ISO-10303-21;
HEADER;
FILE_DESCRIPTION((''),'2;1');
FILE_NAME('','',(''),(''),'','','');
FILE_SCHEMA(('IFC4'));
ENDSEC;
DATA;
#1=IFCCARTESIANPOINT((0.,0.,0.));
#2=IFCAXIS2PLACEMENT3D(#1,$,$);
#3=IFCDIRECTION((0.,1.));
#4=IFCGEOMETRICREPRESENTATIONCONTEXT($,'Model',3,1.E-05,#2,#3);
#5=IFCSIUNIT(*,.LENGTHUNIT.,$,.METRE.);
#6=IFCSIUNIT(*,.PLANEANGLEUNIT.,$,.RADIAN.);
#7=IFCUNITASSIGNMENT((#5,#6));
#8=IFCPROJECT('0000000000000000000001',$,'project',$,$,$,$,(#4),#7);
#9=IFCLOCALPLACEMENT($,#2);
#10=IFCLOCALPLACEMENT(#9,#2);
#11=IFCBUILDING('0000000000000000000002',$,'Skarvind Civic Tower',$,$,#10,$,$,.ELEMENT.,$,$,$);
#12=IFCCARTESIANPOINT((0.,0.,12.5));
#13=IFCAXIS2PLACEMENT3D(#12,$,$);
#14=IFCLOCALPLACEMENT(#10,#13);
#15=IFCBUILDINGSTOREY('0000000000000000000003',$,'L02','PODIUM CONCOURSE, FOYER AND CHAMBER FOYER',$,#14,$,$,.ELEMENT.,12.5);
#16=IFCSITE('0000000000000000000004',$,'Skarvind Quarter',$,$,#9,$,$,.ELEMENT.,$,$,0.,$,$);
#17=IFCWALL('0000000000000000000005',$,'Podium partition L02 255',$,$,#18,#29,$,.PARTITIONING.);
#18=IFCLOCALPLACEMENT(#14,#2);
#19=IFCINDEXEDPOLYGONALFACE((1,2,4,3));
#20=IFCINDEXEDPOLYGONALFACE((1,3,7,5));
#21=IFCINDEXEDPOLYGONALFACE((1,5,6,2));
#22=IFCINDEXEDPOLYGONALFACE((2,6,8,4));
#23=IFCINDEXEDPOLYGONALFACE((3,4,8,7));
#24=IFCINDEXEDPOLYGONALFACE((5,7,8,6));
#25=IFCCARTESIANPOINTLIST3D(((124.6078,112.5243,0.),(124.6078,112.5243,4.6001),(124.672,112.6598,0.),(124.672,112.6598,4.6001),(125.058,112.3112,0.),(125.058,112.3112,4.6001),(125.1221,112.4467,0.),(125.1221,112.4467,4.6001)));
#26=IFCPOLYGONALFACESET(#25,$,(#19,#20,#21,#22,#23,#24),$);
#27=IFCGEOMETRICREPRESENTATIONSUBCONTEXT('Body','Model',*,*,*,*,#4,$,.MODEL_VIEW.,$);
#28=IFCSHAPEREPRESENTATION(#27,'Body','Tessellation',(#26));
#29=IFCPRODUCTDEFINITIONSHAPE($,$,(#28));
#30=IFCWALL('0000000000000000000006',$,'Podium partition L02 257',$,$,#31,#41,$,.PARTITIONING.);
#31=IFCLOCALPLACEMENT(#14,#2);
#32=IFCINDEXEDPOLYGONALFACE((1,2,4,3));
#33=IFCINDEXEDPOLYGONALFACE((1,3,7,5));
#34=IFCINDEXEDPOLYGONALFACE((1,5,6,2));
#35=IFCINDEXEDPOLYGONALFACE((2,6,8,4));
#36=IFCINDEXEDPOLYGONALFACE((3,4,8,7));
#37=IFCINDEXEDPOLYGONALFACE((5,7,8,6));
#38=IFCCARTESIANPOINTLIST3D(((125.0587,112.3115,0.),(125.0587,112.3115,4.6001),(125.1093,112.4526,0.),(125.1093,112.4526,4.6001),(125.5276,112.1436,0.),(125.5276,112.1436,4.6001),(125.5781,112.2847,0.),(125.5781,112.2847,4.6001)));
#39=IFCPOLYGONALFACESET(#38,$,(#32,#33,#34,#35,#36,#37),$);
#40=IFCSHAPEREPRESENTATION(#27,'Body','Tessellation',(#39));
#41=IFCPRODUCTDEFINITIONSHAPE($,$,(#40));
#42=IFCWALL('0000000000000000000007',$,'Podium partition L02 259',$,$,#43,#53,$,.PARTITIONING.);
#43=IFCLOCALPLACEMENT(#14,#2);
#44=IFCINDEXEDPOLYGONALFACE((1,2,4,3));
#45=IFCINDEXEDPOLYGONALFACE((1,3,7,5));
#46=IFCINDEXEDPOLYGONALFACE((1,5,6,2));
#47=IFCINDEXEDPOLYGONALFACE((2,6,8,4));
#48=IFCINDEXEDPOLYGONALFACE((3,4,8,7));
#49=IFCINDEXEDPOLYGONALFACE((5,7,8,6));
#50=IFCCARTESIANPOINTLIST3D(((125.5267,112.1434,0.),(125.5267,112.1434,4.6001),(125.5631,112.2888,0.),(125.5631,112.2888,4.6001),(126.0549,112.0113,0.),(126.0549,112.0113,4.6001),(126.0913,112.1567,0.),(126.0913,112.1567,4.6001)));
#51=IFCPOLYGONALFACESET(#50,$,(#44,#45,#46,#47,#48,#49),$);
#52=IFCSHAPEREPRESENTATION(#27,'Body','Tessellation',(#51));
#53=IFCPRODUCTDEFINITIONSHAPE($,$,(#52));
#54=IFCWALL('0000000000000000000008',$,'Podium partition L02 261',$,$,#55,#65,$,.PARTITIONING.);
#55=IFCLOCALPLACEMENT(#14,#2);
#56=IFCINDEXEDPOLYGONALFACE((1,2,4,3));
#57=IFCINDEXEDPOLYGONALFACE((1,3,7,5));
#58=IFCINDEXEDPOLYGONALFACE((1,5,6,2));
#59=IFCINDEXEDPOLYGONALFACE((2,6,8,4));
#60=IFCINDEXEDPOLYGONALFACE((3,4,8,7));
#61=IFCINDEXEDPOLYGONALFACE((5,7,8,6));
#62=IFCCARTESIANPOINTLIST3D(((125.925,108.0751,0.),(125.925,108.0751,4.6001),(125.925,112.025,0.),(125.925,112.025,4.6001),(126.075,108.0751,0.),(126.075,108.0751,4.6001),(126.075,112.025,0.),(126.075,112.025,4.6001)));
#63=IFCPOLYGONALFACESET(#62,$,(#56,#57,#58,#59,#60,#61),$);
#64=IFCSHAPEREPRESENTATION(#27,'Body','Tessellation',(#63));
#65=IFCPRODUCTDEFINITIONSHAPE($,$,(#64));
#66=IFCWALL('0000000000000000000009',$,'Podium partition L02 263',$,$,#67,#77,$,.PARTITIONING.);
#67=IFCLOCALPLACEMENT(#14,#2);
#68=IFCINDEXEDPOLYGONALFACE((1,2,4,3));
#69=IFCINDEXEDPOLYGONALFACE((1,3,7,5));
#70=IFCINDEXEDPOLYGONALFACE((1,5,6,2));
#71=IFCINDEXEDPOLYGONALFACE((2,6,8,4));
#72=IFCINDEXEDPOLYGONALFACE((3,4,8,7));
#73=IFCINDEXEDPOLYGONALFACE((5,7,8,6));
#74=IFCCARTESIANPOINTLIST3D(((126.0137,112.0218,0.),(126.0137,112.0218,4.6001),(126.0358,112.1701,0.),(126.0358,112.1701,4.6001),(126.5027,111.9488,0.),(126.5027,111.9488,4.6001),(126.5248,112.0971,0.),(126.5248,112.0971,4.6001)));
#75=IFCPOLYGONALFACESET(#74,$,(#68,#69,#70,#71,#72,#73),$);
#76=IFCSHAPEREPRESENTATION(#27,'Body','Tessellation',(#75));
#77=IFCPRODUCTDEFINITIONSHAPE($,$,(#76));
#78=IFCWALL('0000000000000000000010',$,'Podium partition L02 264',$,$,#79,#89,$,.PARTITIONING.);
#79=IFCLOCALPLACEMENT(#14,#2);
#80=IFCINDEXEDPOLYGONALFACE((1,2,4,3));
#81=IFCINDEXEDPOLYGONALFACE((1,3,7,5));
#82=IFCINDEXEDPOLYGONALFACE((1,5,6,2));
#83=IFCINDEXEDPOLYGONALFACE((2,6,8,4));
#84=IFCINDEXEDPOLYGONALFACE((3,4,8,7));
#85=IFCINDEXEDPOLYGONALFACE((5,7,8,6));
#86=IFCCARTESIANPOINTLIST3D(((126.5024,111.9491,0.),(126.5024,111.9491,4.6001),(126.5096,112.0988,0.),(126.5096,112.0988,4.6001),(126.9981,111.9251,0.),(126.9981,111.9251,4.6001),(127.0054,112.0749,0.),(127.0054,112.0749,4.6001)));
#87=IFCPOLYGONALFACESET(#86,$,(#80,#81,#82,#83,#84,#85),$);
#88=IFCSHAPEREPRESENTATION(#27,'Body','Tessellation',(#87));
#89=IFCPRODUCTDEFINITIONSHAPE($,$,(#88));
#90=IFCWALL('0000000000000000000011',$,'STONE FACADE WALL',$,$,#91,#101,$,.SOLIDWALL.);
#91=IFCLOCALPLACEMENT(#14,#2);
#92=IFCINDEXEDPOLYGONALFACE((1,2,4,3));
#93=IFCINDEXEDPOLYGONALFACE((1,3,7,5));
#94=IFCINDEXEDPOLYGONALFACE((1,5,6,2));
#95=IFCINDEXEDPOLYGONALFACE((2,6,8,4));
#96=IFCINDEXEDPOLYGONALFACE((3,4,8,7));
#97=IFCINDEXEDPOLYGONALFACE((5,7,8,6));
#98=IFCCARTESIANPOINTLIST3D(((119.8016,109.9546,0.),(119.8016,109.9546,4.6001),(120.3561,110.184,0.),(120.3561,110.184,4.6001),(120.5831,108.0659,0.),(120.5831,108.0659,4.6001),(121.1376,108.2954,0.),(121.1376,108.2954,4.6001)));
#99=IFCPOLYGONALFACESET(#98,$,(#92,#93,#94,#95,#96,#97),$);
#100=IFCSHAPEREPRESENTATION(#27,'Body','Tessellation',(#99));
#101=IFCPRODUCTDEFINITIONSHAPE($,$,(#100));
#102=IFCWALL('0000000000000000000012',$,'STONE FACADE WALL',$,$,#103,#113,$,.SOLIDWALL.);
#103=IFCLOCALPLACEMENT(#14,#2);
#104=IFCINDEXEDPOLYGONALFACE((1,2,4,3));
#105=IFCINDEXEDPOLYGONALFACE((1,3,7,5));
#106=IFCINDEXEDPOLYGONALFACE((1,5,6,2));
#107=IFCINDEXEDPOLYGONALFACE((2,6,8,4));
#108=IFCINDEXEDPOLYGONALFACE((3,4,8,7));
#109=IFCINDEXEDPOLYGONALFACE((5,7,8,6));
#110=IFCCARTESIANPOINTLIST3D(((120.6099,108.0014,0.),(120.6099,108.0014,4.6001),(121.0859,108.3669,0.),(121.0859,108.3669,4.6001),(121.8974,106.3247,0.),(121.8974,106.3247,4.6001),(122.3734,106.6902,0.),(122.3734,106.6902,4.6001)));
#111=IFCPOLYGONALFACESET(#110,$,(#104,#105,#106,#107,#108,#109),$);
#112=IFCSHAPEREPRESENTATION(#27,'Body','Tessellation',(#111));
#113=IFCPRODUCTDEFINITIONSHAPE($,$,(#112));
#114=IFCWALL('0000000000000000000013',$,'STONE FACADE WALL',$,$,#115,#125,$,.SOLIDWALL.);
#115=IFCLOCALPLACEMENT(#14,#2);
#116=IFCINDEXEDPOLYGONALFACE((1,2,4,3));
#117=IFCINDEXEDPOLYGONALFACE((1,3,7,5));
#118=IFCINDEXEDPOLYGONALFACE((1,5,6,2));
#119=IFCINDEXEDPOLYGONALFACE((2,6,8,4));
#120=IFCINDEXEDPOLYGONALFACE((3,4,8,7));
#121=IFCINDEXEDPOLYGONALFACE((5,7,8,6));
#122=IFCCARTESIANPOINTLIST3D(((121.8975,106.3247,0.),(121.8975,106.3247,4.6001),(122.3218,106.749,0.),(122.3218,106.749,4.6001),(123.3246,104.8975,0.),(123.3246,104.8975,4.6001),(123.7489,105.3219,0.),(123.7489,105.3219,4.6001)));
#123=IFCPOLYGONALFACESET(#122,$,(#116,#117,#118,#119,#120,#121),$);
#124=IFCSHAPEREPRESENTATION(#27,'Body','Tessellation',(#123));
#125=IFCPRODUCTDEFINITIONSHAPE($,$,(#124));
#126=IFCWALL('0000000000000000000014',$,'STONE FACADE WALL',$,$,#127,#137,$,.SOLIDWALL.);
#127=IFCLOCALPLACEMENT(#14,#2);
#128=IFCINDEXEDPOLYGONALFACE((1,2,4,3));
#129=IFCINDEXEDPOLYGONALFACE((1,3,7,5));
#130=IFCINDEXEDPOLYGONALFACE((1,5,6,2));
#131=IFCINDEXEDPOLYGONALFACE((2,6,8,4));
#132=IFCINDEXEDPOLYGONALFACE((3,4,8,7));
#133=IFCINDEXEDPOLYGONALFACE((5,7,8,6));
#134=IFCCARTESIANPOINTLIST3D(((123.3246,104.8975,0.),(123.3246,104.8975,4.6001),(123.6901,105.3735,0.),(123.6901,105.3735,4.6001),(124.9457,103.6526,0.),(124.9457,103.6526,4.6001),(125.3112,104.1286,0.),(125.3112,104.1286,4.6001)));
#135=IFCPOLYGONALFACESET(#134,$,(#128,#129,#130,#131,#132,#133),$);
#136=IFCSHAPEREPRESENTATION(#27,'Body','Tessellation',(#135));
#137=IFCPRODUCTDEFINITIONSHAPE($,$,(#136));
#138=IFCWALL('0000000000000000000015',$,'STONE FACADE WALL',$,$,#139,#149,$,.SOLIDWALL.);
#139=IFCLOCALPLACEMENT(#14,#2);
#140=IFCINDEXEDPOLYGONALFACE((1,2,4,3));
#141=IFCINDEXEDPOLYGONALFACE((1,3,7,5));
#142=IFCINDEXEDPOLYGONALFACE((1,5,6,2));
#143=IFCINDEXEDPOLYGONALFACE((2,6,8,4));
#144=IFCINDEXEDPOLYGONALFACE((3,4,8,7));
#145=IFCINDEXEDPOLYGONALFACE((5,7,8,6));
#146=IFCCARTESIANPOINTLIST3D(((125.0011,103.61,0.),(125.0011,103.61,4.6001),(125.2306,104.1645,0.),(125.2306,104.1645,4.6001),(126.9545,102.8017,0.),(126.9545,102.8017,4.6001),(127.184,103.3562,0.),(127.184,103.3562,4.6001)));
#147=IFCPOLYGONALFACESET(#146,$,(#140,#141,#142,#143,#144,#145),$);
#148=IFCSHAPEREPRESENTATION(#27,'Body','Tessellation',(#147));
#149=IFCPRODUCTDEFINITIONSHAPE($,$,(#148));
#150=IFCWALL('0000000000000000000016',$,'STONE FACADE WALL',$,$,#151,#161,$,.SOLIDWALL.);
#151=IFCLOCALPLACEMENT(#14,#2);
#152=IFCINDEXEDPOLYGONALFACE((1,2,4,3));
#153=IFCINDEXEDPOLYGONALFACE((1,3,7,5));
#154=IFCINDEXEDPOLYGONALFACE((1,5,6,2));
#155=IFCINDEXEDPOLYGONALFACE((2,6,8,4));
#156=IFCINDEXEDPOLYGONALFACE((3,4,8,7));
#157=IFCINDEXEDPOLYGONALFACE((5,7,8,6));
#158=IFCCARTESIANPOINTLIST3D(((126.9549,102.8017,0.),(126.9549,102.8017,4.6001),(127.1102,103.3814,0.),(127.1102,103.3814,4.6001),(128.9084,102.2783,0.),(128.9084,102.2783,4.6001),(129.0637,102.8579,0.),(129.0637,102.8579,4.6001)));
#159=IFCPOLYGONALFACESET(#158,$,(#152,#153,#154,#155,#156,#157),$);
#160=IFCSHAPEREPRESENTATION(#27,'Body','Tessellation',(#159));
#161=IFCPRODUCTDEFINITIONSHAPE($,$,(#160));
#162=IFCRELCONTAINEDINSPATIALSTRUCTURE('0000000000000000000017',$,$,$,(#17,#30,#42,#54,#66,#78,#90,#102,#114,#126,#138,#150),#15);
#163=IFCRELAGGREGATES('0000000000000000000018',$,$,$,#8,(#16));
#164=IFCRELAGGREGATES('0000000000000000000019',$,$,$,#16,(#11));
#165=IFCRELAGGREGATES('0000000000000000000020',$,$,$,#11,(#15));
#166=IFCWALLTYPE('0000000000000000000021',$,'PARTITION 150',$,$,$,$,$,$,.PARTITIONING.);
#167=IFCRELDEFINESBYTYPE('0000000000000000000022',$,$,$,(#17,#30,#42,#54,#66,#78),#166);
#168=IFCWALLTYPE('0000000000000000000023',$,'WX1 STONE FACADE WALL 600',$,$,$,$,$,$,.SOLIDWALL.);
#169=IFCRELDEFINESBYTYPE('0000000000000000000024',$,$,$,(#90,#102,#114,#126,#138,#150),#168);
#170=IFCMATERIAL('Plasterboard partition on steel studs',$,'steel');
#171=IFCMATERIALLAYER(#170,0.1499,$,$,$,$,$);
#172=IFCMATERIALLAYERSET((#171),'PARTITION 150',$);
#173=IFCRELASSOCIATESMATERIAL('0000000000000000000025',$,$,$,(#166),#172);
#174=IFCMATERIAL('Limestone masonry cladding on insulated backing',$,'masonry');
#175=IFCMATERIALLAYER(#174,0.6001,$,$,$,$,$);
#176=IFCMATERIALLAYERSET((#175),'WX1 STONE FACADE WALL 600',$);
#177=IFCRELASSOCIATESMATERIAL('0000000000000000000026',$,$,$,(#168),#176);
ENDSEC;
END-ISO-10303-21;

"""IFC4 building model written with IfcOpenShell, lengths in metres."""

from ifc_helpers import new_model, si_unit, direction, frame, frame_2d, origin, place, context, subcontext, project, spatial, rectangle, extrude, material, layer, layer_set, type_object, element, save


model = new_model("IFC4")

# Units and contexts
model_context = context("Model", 3, precision=1e-05, world=origin(), true_north=direction((0.0, 1.0)))
body_context = subcontext(model_context, "Body", "Model", "MODEL_VIEW")
ifc_project = project(units=[si_unit("LENGTHUNIT", "METRE"), si_unit("PLANEANGLEUNIT", "RADIAN")], contexts=[model_context])

# Site, building, storey
site_placement = place(None, origin())
site = spatial("IfcSite", under=ifc_project, at=site_placement, Name="Skarvind Quarter", CompositionType="ELEMENT", RefElevation=0.0)
building_placement = place(site_placement, origin())
building = spatial("IfcBuilding", under=site, at=building_placement, Name="Skarvind Civic Tower", CompositionType="ELEMENT")
storey_placement = place(building_placement, frame((0.0, 0.0, 12.5)))
storey = spatial("IfcBuildingStorey", under=building, at=storey_placement, Name="L02", Description="PODIUM CONCOURSE, FOYER AND CHAMBER FOYER", CompositionType="ELEMENT", Elevation=12.5)

# Walls
ifc_material_1 = material(Name="Plasterboard partition on steel studs", Category="steel")
ifc_layer_1 = layer(ifc_material_1, 0.1499)
ifc_layer_set_1 = layer_set([ifc_layer_1], Name="PARTITION 150")
wall_type_1 = type_object("IfcWallType", Name="PARTITION 150", PredefinedType="PARTITIONING", material=ifc_layer_set_1)
for number, where, z_axis, x_axis, name in (
    (1, (124.6399, 112.592, 0.0), (0.0, 0.0, 1.0), (0.903828, -0.427897, 0.0), "Podium partition L02 255"),
    (2, (125.084, 112.3821, 0.0), (0.0, 0.0, 1.0), (0.941442, -0.337174, 0.0), "Podium partition L02 257"),
):
    element("IfcWall", number, at=place(storey_placement, frame(where, z_axis=z_axis, x_axis=x_axis)), inside=storey, type_object=wall_type_1, Name=name, PredefinedType="PARTITIONING", context=body_context, shape_type="SweptSolid", body=[
        extrude(rectangle(XDim=0.498, YDim=0.1499, at=frame_2d((0.249, 0.0))), origin(), (0.0, 0.0, 1.0), 4.6001),
    ])
wall_1_placement = place(storey_placement, frame((125.5449, 112.2161, 0.0), z_axis=(0.0, 0.0, 1.0), x_axis=(0.970116, -0.242641, 0.0)))
element("IfcWall", 3, at=wall_1_placement, inside=storey, type_object=wall_type_1, Name="Podium partition L02 259", PredefinedType="PARTITIONING", context=body_context, shape_type="SweptSolid", body=[
    extrude(rectangle(XDim=0.5444, YDim=0.1499, at=frame_2d((0.2722, 0.0))), origin(), (0.0, 0.0, 1.0), 4.6001),
])
wall_2_placement = place(storey_placement, frame((126.0, 108.075, 0.0), z_axis=(0.0, 0.0, 1.0), x_axis=(0.0, 1.0, 0.0)))
element("IfcWall", 4, at=wall_2_placement, inside=storey, type_object=wall_type_1, Name="Podium partition L02 261", PredefinedType="PARTITIONING", context=body_context, shape_type="SweptSolid", body=[
    extrude(rectangle(XDim=3.95, YDim=0.1499, at=frame_2d((1.9751, 0.0))), origin(), (0.0, 0.0, 1.0), 4.6001),
])
wall_3_placement = place(storey_placement, frame((126.0249, 112.0959, 0.0), z_axis=(0.0, 0.0, 1.0), x_axis=(0.989041, -0.14764, 0.0)))
element("IfcWall", 5, at=wall_3_placement, inside=storey, type_object=wall_type_1, Name="Podium partition L02 263", PredefinedType="PARTITIONING", context=body_context, shape_type="SweptSolid", body=[
    extrude(rectangle(XDim=0.4944, YDim=0.1499, at=frame_2d((0.2471, 0.0))), origin(), (0.0, 0.0, 1.0), 4.6001),
])
wall_4_placement = place(storey_placement, frame((126.5061, 112.0239, 0.0), z_axis=(0.0, 0.0, 1.0), x_axis=(0.998838, -0.048196, 0.0)))
element("IfcWall", 6, at=wall_4_placement, inside=storey, type_object=wall_type_1, Name="Podium partition L02 264", PredefinedType="PARTITIONING", context=body_context, shape_type="SweptSolid", body=[
    extrude(rectangle(XDim=0.4963, YDim=0.1499, at=frame_2d((0.248, 0.0))), origin(), (0.0, 0.0, 1.0), 4.6001),
])
ifc_material_2 = material(Name="Limestone masonry cladding on insulated backing", Category="masonry")
ifc_layer_2 = layer(ifc_material_2, 0.6001)
ifc_layer_set_2 = layer_set([ifc_layer_2], Name="WX1 STONE FACADE WALL 600")
wall_type_2 = type_object("IfcWallType", Name="WX1 STONE FACADE WALL 600", PredefinedType="SOLIDWALL", material=ifc_layer_set_2)
wall_5_placement = place(storey_placement, frame((120.8604, 108.1807, 0.0), z_axis=(0.0, 0.0, 1.0), x_axis=(-0.382341, 0.924021, 0.0)))
element("IfcWall", 7, at=wall_5_placement, inside=storey, type_object=wall_type_2, Name="STONE FACADE WALL", PredefinedType="SOLIDWALL", context=body_context, shape_type="SweptSolid", body=[
    extrude(rectangle(XDim=2.0439, YDim=0.6001, at=frame_2d((1.022, 0.0))), origin(), (0.0, 0.0, 1.0), 4.6001),
])
wall_6_placement = place(storey_placement, frame((122.1355, 106.5073, 0.0), z_axis=(0.0, 0.0, 1.0), x_axis=(-0.609052, 0.79313, 0.0)))
element("IfcWall", 8, at=wall_6_placement, inside=storey, type_object=wall_type_2, Name="STONE FACADE WALL", PredefinedType="SOLIDWALL", context=body_context, shape_type="SweptSolid", body=[
    extrude(rectangle(XDim=2.114, YDim=0.6001, at=frame_2d((1.0571, 0.0))), origin(), (0.0, 0.0, 1.0), 4.6001),
])
wall_7_placement = place(storey_placement, frame((123.5369, 105.1096, 0.0), z_axis=(0.0, 0.0, 1.0), x_axis=(-0.707107, 0.707107, 0.0)))
element("IfcWall", 9, at=wall_7_placement, inside=storey, type_object=wall_type_2, Name="STONE FACADE WALL", PredefinedType="SOLIDWALL", context=body_context, shape_type="SweptSolid", body=[
    extrude(rectangle(XDim=2.0183, YDim=0.6001, at=frame_2d((1.0093, 0.0))), origin(), (0.0, 0.0, 1.0), 4.6001),
])
wall_8_placement = place(storey_placement, frame((125.1284, 103.8906, 0.0), z_axis=(0.0, 0.0, 1.0), x_axis=(-0.793125, 0.609058, 0.0)))
element("IfcWall", 10, at=wall_8_placement, inside=storey, type_object=wall_type_2, Name="STONE FACADE WALL", PredefinedType="SOLIDWALL", context=body_context, shape_type="SweptSolid", body=[
    extrude(rectangle(XDim=2.0439, YDim=0.6001, at=frame_2d((1.022, 0.0))), origin(), (0.0, 0.0, 1.0), 4.6001),
])
wall_9_placement = place(storey_placement, frame((127.0693, 103.0789, 0.0), z_axis=(0.0, 0.0, 1.0), x_axis=(-0.924007, 0.382376, 0.0)))
element("IfcWall", 11, at=wall_9_placement, inside=storey, type_object=wall_type_2, Name="STONE FACADE WALL", PredefinedType="SOLIDWALL", context=body_context, shape_type="SweptSolid", body=[
    extrude(rectangle(XDim=2.114, YDim=0.6001, at=frame_2d((1.0571, 0.0))), origin(), (0.0, 0.0, 1.0), 4.6001),
])
wall_10_placement = place(storey_placement, frame((128.9861, 102.5681, 0.0), z_axis=(0.0, 0.0, 1.0), x_axis=(-0.96593, 0.258804, 0.0)))
element("IfcWall", 12, at=wall_10_placement, inside=storey, type_object=wall_type_2, Name="STONE FACADE WALL", PredefinedType="SOLIDWALL", context=body_context, shape_type="SweptSolid", body=[
    extrude(rectangle(XDim=2.0225, YDim=0.6001, at=frame_2d((1.0112, 0.0))), origin(), (0.0, 0.0, 1.0), 4.6001),
])

save(model, "model.ifc")
